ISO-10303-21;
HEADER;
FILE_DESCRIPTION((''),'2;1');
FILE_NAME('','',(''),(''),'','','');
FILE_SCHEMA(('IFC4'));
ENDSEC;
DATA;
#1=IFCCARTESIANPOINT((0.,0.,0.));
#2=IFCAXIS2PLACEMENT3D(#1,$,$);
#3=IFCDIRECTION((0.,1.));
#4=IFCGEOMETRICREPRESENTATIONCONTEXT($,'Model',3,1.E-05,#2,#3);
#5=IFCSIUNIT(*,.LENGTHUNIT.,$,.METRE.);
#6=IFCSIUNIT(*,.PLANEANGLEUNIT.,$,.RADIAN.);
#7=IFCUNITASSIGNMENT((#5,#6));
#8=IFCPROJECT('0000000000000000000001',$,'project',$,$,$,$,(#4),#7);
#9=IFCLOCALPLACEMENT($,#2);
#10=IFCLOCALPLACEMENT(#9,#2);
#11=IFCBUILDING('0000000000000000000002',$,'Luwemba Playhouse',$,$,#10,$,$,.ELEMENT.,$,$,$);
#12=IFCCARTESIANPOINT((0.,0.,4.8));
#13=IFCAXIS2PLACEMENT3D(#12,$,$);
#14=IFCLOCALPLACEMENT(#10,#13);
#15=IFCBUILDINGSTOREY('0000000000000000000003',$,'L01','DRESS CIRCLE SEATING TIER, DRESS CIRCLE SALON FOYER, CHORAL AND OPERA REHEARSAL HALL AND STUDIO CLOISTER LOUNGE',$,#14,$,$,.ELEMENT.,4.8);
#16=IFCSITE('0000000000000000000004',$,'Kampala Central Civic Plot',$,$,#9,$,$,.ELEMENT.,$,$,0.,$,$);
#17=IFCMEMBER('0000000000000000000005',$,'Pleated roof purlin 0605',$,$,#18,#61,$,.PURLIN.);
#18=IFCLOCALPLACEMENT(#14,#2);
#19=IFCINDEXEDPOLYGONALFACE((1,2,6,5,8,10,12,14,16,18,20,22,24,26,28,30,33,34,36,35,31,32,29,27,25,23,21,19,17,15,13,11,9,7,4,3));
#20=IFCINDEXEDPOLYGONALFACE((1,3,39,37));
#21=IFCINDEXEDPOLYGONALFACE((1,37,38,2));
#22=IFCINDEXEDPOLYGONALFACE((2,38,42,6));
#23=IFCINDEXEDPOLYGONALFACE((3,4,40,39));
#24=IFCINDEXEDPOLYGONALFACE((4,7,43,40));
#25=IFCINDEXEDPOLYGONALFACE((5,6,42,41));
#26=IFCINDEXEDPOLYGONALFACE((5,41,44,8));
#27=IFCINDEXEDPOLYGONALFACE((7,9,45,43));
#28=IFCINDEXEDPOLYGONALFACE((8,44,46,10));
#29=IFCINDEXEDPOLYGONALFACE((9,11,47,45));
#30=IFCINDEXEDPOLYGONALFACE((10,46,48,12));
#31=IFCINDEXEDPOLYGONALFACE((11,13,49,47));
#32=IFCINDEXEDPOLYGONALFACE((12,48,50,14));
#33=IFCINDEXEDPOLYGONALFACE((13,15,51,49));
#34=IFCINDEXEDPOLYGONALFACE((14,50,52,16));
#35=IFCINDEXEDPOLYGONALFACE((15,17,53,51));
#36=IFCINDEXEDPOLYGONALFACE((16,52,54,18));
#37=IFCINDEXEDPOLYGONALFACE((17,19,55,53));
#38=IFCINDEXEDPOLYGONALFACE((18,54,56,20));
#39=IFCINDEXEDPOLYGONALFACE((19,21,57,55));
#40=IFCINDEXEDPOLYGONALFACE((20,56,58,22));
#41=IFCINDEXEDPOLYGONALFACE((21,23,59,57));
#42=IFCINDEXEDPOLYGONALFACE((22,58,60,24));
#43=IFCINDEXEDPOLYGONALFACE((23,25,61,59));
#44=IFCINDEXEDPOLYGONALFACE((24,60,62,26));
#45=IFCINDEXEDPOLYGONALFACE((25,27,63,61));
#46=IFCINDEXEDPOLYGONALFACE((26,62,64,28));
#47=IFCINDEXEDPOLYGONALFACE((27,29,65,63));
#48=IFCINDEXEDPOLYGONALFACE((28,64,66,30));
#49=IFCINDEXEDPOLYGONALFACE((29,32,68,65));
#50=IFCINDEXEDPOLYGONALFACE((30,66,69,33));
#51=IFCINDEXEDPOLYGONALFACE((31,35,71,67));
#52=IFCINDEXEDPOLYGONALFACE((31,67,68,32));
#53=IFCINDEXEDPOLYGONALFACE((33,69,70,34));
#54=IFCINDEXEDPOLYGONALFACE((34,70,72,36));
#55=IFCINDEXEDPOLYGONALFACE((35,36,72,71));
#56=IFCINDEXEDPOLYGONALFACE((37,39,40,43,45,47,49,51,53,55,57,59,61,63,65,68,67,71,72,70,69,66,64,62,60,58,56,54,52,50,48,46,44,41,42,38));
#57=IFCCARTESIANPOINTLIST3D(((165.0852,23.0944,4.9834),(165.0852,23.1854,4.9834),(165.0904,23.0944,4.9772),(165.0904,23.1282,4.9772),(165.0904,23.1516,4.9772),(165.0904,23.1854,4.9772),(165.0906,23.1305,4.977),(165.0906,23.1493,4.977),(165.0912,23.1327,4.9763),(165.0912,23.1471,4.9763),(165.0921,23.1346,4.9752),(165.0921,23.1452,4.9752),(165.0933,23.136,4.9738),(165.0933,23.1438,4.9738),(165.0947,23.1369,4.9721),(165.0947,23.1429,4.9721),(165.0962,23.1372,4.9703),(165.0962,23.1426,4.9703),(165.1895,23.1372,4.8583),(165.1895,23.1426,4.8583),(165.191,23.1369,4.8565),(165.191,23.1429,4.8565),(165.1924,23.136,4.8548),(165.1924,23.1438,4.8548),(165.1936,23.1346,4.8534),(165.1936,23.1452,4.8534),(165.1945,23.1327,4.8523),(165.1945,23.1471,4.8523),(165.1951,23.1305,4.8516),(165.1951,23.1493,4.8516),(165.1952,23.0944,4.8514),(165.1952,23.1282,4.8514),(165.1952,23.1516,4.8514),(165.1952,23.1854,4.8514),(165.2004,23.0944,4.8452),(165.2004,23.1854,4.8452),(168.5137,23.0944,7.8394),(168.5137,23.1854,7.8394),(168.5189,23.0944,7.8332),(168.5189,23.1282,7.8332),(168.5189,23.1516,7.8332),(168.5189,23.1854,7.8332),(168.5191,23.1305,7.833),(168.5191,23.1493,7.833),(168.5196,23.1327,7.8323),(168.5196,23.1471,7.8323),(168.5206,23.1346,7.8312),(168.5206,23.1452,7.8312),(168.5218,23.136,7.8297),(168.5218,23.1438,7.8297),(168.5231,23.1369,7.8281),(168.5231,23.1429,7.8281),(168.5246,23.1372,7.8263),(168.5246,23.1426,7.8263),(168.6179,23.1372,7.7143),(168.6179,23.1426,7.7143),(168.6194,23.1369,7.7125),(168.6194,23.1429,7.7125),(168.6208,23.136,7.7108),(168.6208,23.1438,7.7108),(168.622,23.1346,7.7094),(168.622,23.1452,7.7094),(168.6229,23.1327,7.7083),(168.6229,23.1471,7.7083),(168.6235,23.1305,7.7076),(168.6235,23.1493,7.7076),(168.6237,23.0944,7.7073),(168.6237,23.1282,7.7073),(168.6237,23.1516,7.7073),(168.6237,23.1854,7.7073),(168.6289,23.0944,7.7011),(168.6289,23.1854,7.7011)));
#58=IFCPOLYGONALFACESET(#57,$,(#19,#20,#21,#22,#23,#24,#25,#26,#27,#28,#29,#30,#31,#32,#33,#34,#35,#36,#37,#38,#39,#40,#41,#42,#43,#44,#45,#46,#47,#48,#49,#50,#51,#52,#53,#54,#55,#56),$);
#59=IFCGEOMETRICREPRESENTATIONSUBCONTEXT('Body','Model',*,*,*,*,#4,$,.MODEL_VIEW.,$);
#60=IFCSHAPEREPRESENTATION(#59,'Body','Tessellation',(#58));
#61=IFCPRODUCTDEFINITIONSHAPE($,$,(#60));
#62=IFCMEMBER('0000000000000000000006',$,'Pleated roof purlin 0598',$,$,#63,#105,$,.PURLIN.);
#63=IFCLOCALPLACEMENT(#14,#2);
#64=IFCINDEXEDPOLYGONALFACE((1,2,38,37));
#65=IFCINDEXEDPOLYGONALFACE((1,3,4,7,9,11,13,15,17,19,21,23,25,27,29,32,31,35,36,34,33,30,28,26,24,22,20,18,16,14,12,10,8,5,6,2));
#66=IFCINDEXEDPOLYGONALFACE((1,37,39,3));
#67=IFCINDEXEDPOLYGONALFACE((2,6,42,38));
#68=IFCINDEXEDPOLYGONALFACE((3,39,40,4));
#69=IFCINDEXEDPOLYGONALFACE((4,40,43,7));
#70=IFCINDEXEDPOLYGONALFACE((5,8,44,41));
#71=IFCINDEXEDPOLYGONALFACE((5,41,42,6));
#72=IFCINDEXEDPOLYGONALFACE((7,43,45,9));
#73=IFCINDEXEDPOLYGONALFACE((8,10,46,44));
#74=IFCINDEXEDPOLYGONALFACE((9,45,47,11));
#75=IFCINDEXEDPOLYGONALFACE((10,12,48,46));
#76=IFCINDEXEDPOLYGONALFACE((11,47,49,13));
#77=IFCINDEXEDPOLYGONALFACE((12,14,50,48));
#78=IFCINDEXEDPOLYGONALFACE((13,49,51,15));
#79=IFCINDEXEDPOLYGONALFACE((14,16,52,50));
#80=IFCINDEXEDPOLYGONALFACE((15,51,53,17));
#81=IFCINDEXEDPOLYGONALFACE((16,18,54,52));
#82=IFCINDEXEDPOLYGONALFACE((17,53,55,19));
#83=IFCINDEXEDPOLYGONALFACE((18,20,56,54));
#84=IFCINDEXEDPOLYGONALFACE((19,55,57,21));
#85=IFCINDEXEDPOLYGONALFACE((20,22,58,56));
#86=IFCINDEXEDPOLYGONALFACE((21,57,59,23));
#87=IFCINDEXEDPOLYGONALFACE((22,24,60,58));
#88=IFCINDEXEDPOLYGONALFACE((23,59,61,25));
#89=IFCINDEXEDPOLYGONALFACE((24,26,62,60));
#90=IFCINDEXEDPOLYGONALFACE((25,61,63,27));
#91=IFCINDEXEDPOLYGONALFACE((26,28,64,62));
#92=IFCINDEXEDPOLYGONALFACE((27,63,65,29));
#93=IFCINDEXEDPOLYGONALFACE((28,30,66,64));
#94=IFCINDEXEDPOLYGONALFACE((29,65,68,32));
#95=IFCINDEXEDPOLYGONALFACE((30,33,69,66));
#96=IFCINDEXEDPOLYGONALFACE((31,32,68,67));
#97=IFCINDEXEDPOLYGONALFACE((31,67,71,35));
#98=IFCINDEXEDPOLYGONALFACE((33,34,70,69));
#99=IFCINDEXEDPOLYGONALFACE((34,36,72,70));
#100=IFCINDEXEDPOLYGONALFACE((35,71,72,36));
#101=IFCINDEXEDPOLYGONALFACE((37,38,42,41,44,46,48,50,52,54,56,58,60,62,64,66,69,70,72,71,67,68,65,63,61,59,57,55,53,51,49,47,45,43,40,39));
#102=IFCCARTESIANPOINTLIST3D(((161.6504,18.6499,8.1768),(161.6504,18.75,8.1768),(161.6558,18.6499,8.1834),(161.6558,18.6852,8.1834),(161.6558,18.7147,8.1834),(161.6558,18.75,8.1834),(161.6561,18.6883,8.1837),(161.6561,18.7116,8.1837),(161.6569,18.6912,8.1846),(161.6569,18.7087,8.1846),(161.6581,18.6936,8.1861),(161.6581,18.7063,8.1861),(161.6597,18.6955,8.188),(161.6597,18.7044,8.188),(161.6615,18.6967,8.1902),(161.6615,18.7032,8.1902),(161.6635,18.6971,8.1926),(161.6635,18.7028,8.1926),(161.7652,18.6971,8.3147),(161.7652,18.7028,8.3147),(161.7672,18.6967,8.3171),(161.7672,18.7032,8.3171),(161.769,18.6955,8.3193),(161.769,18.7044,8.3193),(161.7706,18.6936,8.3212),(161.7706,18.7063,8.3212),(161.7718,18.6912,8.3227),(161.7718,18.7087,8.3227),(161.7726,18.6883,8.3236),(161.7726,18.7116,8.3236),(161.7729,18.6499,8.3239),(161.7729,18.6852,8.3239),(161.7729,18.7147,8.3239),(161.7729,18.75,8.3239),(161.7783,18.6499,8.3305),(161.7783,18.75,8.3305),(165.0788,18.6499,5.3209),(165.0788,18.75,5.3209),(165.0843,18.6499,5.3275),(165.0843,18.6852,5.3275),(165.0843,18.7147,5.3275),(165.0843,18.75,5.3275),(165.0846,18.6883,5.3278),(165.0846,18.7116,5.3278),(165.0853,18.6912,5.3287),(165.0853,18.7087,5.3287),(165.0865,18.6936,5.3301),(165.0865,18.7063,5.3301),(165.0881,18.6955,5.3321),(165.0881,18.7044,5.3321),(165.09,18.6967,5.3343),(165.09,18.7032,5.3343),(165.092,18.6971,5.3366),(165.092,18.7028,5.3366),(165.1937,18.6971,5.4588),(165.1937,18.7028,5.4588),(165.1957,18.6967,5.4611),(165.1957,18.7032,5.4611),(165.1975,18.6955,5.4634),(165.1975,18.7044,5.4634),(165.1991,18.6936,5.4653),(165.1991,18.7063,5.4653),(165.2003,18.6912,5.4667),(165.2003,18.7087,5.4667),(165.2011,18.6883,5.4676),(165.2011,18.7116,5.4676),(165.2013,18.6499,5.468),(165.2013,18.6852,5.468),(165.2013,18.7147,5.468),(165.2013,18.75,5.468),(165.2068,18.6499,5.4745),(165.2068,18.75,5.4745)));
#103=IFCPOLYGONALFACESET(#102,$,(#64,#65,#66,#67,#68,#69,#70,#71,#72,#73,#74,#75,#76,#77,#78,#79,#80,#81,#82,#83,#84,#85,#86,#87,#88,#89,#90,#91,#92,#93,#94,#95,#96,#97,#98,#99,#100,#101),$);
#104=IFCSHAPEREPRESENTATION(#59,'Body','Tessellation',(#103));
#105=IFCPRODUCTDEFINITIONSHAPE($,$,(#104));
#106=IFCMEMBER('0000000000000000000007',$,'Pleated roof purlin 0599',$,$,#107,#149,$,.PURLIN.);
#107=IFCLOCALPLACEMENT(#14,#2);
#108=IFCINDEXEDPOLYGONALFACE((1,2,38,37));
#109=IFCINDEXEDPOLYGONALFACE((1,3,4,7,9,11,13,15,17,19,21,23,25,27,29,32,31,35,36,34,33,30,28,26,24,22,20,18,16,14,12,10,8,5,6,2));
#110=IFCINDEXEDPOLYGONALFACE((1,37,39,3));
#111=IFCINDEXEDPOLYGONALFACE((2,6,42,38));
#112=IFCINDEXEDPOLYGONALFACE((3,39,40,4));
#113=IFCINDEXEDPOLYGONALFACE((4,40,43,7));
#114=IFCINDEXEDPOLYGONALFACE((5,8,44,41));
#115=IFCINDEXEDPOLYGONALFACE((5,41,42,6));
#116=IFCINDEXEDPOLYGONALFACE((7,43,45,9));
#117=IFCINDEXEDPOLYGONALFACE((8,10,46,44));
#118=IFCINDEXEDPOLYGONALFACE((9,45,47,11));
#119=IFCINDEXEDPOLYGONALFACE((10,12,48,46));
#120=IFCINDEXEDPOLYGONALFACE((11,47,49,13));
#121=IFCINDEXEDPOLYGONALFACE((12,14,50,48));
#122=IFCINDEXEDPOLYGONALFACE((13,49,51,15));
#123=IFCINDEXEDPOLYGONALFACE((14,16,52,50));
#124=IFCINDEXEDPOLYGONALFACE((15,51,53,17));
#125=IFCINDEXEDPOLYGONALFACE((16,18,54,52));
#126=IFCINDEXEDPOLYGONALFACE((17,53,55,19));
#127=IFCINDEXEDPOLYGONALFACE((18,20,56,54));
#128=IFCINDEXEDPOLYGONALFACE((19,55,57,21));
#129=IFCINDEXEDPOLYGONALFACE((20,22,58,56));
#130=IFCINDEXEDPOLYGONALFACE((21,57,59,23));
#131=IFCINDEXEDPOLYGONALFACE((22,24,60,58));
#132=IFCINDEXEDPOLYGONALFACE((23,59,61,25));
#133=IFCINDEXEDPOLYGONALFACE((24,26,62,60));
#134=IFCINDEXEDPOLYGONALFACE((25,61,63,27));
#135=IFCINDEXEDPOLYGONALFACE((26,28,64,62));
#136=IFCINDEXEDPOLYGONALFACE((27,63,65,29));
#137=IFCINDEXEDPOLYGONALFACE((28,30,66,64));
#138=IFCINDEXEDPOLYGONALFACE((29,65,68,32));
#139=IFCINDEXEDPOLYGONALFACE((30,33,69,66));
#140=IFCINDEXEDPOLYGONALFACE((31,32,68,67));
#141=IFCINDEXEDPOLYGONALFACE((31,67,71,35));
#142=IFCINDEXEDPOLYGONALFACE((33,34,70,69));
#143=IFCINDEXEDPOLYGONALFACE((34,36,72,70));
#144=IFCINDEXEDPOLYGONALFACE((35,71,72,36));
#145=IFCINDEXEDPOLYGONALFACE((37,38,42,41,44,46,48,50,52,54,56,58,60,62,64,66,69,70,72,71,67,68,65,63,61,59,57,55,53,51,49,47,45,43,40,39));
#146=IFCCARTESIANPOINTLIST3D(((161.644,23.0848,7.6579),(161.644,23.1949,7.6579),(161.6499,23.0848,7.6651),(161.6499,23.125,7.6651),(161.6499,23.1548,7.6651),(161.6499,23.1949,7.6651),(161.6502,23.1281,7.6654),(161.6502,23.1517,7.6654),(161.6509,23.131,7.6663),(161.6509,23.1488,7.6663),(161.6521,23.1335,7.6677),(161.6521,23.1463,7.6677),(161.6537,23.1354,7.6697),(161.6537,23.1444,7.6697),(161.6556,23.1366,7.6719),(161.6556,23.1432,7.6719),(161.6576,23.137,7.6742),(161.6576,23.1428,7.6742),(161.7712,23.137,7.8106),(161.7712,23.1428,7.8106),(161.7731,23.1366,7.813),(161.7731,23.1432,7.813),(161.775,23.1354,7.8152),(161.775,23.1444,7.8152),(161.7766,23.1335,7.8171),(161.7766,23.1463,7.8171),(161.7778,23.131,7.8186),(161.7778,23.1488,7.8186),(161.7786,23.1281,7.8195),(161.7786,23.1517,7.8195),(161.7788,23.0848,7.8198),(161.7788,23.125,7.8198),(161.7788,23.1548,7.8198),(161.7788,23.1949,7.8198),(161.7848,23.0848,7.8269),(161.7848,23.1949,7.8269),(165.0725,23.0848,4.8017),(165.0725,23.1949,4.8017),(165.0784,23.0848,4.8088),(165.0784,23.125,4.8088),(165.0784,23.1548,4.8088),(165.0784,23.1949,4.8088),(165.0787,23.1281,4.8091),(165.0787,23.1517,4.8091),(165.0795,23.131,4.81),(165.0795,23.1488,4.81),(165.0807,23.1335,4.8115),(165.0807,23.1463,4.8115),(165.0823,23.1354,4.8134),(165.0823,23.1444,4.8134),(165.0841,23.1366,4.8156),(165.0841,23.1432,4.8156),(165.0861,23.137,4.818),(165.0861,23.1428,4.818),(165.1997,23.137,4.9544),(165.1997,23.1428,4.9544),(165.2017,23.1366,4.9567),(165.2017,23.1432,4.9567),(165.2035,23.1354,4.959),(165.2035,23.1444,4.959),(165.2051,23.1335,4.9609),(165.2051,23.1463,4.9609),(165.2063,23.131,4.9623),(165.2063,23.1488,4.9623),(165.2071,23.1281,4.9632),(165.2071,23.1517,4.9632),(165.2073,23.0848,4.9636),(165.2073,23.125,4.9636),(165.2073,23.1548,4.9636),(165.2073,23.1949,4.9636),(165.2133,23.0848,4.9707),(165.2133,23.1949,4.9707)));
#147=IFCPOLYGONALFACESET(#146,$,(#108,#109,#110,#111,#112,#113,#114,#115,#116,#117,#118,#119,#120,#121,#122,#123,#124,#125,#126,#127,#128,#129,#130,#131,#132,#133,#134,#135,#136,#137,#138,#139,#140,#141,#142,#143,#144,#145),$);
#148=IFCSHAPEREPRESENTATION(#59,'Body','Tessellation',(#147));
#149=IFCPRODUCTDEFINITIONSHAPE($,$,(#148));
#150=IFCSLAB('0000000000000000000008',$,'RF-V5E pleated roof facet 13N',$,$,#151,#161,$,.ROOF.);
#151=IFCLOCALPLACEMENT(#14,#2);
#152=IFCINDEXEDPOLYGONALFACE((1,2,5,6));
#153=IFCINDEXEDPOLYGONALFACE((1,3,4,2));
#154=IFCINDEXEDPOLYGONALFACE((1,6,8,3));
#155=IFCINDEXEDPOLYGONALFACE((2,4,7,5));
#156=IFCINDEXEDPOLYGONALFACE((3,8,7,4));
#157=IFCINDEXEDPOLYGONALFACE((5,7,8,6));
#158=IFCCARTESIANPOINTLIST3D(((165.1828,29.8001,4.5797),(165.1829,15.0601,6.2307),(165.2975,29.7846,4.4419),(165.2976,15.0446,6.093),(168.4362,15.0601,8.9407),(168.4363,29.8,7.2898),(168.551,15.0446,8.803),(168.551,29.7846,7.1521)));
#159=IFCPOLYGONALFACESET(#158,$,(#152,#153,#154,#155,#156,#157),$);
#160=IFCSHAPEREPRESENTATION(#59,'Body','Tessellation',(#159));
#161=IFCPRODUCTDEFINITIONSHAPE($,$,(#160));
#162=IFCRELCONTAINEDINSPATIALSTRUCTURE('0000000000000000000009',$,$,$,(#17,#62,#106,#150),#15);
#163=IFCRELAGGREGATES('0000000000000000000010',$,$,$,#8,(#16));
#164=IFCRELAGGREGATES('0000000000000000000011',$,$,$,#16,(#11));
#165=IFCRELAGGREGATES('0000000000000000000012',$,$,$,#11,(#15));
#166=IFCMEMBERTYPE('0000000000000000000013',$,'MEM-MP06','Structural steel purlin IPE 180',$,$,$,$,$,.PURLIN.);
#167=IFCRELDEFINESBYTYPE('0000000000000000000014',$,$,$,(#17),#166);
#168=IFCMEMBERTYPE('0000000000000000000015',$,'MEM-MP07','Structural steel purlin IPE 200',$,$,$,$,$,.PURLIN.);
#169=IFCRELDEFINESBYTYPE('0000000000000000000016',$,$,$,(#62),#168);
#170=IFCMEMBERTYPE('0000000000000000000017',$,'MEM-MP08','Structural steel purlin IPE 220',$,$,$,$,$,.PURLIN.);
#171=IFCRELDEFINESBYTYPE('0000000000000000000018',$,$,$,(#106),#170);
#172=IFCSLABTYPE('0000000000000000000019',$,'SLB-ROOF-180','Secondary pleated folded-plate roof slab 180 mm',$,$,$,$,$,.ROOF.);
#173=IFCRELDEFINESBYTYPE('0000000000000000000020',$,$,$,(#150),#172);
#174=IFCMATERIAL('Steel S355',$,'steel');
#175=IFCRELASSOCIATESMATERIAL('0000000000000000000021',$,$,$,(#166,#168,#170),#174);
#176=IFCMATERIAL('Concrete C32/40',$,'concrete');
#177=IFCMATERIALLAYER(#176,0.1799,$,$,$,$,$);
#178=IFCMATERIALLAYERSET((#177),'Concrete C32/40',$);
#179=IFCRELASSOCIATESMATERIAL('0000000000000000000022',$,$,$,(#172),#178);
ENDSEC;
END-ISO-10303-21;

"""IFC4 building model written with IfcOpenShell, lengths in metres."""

from ifc_helpers import new_model, si_unit, direction, frame, origin, origin_2d, place, context, subcontext, project, spatial, polyline, i_section, outline, extrude, material, layer, layer_set, material_profile, profile_set, type_object, element, save


model = new_model("IFC4")

# Units and contexts
model_context = context("Model", 3, precision=1e-05, world=origin(), true_north=direction((0.0, 1.0)))
body_context = subcontext(model_context, "Body", "Model", "MODEL_VIEW")
ifc_project = project(units=[si_unit("LENGTHUNIT", "METRE"), si_unit("PLANEANGLEUNIT", "RADIAN")], contexts=[model_context])

# Site, building, storey
site_placement = place(None, origin())
site = spatial("IfcSite", under=ifc_project, at=site_placement, Name="Kampala Central Civic Plot", CompositionType="ELEMENT", RefElevation=0.0)
building_placement = place(site_placement, origin())
building = spatial("IfcBuilding", under=site, at=building_placement, Name="Luwemba Playhouse", CompositionType="ELEMENT")
storey_placement = place(building_placement, frame((0.0, 0.0, 4.8)))
storey = spatial("IfcBuildingStorey", under=building, at=storey_placement, Name="L01", Description="DRESS CIRCLE SEATING TIER, DRESS CIRCLE SALON FOYER, CHORAL AND OPERA REHEARSAL HALL AND STUDIO CLOISTER LOUNGE", CompositionType="ELEMENT", Elevation=4.8)

# Shared definitions
ifc_material_1 = material(Name="Steel S355", Category="steel")

# Members
ifc_material_profile_1 = material_profile(ifc_material_1, i_section(OverallWidth=0.0911, OverallDepth=0.1799, WebThickness=0.0054, FlangeThickness=0.0081, FilletRadius=0.009, at=origin_2d()))
ifc_profile_set_1 = profile_set([ifc_material_profile_1], Name="Steel S355")
member_type_1 = type_object("IfcMemberType", Name="MEM-MP06", Description="Structural steel purlin IPE 180", PredefinedType="PURLIN", material=ifc_profile_set_1)
member_1_placement = place(storey_placement, frame((165.1428, 23.1399, 4.9143), z_axis=(0.768342, 0.0, 0.640039), x_axis=(0.0, 1.0, 0.0)))
element("IfcMember", 1, at=member_1_placement, inside=storey, type_object=member_type_1, Name="Pleated roof purlin 0605", PredefinedType="PURLIN", context=body_context, shape_type="SweptSolid", body=[
    extrude(i_section(OverallWidth=0.0911, OverallDepth=0.1799, WebThickness=0.0054, FlangeThickness=0.0081, FilletRadius=0.009, at=origin_2d()), origin(), (0.0, 0.0, 1.0), 4.4622),
])
ifc_material_profile_2 = material_profile(ifc_material_1, i_section(OverallWidth=0.1001, OverallDepth=0.2, WebThickness=0.0056, FlangeThickness=0.0085, FilletRadius=0.012, at=origin_2d()))
ifc_profile_set_2 = profile_set([ifc_material_profile_2], Name="Steel S355")
member_type_2 = type_object("IfcMemberType", Name="MEM-MP07", Description="Structural steel purlin IPE 200", PredefinedType="PURLIN", material=ifc_profile_set_2)
member_2_placement = place(storey_placement, frame((161.7144, 18.7, 8.2537), z_axis=(0.768342, 0.0, -0.640039), x_axis=(0.0, 1.0, 0.0)))
element("IfcMember", 2, at=member_2_placement, inside=storey, type_object=member_type_2, Name="Pleated roof purlin 0598", PredefinedType="PURLIN", context=body_context, shape_type="SweptSolid", body=[
    extrude(i_section(OverallWidth=0.1001, OverallDepth=0.2, WebThickness=0.0056, FlangeThickness=0.0085, FilletRadius=0.012, at=origin_2d()), origin(), (0.0, 0.0, 1.0), 4.4622),
])
ifc_material_profile_3 = material_profile(ifc_material_1, i_section(OverallWidth=0.1101, OverallDepth=0.22, WebThickness=0.0059, FlangeThickness=0.0093, FilletRadius=0.012, at=origin_2d()))
ifc_profile_set_3 = profile_set([ifc_material_profile_3], Name="Steel S355")
member_type_3 = type_object("IfcMemberType", Name="MEM-MP08", Description="Structural steel purlin IPE 220", PredefinedType="PURLIN", material=ifc_profile_set_3)
member_3_placement = place(storey_placement, frame((161.7144, 23.1399, 7.7424), z_axis=(0.768315, 0.0, -0.640071), x_axis=(0.0, 1.0, 0.0)))
element("IfcMember", 3, at=member_3_placement, inside=storey, type_object=member_type_3, Name="Pleated roof purlin 0599", PredefinedType="PURLIN", context=body_context, shape_type="SweptSolid", body=[
    extrude(i_section(OverallWidth=0.1101, OverallDepth=0.22, WebThickness=0.0059, FlangeThickness=0.0093, FilletRadius=0.012, at=origin_2d()), origin(), (0.0, 0.0, 1.0), 4.4624),
])

# Slab
ifc_material_2 = material(Name="Concrete C32/40", Category="concrete")
ifc_layer_1 = layer(ifc_material_2, 0.1799)
ifc_layer_set_1 = layer_set([ifc_layer_1], Name="Concrete C32/40")
slab_type = type_object("IfcSlabType", Name="SLB-ROOF-180", Description="Secondary pleated folded-plate roof slab 180 mm", PredefinedType="ROOF", material=ifc_layer_set_1)
slab_placement = place(storey_placement, frame((165.1829, 15.0601, 6.2307), z_axis=(-0.637674, 0.085744, 0.765519), x_axis=(0.768349, 0.000002, 0.640031)))
element("IfcSlab", 4, at=slab_placement, inside=storey, type_object=slab_type, Name="RF-V5E pleated roof facet 13N", PredefinedType="ROOF", context=body_context, shape_type="SweptSolid", body=[
    extrude(outline(polyline([(0.0, 0.0), (4.2342, 0.0), (3.1776, 14.7945), (-1.0567, 14.7945), (0.0, 0.0)])), origin(), (0.0, 0.0, -1.0), 0.1799),
])

save(model, "model.ifc")
